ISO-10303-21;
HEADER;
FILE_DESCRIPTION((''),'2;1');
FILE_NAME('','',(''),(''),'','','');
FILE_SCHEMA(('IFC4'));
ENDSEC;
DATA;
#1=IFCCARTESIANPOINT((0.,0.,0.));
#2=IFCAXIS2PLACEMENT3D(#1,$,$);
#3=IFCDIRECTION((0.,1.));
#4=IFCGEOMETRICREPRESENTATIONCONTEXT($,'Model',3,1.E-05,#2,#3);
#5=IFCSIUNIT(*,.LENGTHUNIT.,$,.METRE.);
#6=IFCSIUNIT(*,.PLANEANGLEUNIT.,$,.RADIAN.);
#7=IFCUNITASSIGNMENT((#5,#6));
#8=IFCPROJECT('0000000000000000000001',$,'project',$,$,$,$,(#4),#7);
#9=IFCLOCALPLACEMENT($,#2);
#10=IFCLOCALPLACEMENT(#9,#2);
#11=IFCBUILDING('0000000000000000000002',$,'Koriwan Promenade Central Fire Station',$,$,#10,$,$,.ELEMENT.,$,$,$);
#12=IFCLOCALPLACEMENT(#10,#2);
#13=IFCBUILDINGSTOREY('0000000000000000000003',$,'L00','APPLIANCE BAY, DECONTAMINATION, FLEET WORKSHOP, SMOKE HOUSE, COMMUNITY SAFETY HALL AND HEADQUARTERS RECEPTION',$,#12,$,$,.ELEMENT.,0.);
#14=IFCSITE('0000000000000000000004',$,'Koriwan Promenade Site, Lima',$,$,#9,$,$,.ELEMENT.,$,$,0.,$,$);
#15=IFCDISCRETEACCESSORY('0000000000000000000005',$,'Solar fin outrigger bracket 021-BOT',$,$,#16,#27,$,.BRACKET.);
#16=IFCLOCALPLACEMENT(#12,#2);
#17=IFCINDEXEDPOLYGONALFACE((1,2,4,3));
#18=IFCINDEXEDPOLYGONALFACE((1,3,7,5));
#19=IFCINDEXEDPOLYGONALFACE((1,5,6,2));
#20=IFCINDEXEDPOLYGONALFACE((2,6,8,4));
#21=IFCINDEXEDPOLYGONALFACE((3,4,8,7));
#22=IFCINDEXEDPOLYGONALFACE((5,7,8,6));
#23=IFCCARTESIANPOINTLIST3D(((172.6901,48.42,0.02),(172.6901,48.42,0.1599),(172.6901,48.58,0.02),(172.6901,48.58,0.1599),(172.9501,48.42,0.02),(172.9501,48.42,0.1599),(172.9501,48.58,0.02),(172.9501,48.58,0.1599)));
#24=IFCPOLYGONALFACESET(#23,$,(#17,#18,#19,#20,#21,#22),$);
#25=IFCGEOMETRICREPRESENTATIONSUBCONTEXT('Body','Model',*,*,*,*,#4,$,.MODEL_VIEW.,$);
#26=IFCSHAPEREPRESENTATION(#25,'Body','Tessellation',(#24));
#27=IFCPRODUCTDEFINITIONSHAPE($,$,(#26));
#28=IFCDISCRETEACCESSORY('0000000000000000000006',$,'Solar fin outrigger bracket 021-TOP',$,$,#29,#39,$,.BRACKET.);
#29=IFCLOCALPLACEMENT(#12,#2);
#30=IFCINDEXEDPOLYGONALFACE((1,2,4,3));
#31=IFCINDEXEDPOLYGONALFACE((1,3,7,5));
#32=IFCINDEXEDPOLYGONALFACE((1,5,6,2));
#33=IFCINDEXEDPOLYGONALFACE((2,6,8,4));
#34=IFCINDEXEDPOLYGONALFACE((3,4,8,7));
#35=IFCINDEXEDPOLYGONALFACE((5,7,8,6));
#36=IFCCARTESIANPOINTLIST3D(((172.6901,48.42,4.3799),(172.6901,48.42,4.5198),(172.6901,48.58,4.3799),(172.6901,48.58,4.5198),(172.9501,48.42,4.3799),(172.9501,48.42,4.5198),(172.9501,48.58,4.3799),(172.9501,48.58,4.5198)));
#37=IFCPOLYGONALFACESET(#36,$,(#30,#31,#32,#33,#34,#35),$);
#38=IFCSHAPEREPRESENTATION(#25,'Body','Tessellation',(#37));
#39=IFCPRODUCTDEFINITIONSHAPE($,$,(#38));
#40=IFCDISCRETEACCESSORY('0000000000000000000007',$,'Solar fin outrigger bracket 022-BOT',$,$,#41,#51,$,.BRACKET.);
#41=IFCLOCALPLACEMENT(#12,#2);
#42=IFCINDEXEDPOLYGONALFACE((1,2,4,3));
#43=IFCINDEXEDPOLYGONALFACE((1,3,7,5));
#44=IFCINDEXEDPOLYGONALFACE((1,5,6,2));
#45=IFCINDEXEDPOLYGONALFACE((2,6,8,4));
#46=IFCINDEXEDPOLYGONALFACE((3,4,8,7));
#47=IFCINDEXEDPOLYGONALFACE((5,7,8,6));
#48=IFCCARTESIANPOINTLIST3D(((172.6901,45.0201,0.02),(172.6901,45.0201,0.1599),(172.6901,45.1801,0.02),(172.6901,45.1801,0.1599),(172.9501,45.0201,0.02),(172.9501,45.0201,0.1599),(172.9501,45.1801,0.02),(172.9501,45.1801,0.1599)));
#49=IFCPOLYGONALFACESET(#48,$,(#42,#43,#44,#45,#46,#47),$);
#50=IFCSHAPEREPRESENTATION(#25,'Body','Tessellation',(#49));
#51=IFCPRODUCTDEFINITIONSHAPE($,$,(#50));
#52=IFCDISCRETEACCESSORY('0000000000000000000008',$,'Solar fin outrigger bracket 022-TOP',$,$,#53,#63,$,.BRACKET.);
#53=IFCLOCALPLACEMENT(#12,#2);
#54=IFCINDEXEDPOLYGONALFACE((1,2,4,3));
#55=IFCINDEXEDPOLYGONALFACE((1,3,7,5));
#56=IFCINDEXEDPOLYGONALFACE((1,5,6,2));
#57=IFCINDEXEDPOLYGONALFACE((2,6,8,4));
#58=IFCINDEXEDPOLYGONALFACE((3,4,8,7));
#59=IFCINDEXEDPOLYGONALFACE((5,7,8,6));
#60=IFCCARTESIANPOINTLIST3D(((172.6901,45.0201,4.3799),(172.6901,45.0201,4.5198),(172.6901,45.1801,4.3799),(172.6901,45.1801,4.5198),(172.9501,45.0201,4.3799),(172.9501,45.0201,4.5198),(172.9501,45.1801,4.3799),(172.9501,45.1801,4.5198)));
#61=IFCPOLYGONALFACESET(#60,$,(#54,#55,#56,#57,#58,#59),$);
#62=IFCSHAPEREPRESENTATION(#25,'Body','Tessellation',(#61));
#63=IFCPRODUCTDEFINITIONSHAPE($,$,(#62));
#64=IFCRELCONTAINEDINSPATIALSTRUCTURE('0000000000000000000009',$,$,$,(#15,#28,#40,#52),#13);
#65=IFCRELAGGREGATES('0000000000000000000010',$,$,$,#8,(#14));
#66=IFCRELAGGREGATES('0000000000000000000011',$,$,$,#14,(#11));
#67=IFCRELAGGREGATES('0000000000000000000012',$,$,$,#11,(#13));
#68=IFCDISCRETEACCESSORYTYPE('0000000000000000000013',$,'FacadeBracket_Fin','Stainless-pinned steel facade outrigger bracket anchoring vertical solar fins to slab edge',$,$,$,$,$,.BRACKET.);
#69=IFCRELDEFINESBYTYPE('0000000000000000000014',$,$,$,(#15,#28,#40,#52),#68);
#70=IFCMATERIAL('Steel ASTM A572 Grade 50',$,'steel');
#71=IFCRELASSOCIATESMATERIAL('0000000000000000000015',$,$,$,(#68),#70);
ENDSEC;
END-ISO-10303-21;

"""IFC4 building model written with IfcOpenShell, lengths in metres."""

from ifc_helpers import new_model, si_unit, direction, frame, origin, origin_2d, place, context, subcontext, project, spatial, rectangle, extrude, material, type_object, element, save


model = new_model("IFC4")

# Units and contexts
model_context = context("Model", 3, precision=1e-05, world=origin(), true_north=direction((0.0, 1.0)))
body_context = subcontext(model_context, "Body", "Model", "MODEL_VIEW")
ifc_project = project(units=[si_unit("LENGTHUNIT", "METRE"), si_unit("PLANEANGLEUNIT", "RADIAN")], contexts=[model_context])

# Site, building, storey
site_placement = place(None, origin())
site = spatial("IfcSite", under=ifc_project, at=site_placement, Name="Koriwan Promenade Site, Lima", CompositionType="ELEMENT", RefElevation=0.0)
building_placement = place(site_placement, origin())
building = spatial("IfcBuilding", under=site, at=building_placement, Name="Koriwan Promenade Central Fire Station", CompositionType="ELEMENT")
storey_placement = place(building_placement, origin())
storey = spatial("IfcBuildingStorey", under=building, at=storey_placement, Name="L00", Description="APPLIANCE BAY, DECONTAMINATION, FLEET WORKSHOP, SMOKE HOUSE, COMMUNITY SAFETY HALL AND HEADQUARTERS RECEPTION", CompositionType="ELEMENT", Elevation=0.0)

# Discrete accessories
ifc_material_1 = material(Name="Steel ASTM A572 Grade 50", Category="steel")
discrete_accessory_type = type_object("IfcDiscreteAccessoryType", Name="FacadeBracket_Fin", Description="Stainless-pinned steel facade outrigger bracket anchoring vertical solar fins to slab edge", PredefinedType="BRACKET", material=ifc_material_1)
for number, where, z_axis, x_axis, name in (
    (1, (172.8201, 48.5, 0.02), (0.0, 0.0, 1.0), (1.0, 0.0, 0.0), "Solar fin outrigger bracket 021-BOT"),
    (2, (172.8201, 48.5, 4.3799), (0.0, 0.0, 1.0), (1.0, 0.0, 0.0), "Solar fin outrigger bracket 021-TOP"),
    (3, (172.8201, 45.1001, 0.02), (0.0, 0.0, 1.0), (1.0, 0.0, 0.0), "Solar fin outrigger bracket 022-BOT"),
    (4, (172.8201, 45.1001, 4.3799), (0.0, 0.0, 1.0), (1.0, 0.0, 0.0), "Solar fin outrigger bracket 022-TOP"),
):
    element("IfcDiscreteAccessory", number, at=place(storey_placement, frame(where, z_axis=z_axis, x_axis=x_axis)), inside=storey, type_object=discrete_accessory_type, Name=name, PredefinedType="BRACKET", context=body_context, shape_type="SweptSolid", body=[
        extrude(rectangle(XDim=0.26, YDim=0.1599, at=origin_2d()), origin(), (0.0, 0.0, 1.0), 0.1399),
    ])

save(model, "model.ifc")
